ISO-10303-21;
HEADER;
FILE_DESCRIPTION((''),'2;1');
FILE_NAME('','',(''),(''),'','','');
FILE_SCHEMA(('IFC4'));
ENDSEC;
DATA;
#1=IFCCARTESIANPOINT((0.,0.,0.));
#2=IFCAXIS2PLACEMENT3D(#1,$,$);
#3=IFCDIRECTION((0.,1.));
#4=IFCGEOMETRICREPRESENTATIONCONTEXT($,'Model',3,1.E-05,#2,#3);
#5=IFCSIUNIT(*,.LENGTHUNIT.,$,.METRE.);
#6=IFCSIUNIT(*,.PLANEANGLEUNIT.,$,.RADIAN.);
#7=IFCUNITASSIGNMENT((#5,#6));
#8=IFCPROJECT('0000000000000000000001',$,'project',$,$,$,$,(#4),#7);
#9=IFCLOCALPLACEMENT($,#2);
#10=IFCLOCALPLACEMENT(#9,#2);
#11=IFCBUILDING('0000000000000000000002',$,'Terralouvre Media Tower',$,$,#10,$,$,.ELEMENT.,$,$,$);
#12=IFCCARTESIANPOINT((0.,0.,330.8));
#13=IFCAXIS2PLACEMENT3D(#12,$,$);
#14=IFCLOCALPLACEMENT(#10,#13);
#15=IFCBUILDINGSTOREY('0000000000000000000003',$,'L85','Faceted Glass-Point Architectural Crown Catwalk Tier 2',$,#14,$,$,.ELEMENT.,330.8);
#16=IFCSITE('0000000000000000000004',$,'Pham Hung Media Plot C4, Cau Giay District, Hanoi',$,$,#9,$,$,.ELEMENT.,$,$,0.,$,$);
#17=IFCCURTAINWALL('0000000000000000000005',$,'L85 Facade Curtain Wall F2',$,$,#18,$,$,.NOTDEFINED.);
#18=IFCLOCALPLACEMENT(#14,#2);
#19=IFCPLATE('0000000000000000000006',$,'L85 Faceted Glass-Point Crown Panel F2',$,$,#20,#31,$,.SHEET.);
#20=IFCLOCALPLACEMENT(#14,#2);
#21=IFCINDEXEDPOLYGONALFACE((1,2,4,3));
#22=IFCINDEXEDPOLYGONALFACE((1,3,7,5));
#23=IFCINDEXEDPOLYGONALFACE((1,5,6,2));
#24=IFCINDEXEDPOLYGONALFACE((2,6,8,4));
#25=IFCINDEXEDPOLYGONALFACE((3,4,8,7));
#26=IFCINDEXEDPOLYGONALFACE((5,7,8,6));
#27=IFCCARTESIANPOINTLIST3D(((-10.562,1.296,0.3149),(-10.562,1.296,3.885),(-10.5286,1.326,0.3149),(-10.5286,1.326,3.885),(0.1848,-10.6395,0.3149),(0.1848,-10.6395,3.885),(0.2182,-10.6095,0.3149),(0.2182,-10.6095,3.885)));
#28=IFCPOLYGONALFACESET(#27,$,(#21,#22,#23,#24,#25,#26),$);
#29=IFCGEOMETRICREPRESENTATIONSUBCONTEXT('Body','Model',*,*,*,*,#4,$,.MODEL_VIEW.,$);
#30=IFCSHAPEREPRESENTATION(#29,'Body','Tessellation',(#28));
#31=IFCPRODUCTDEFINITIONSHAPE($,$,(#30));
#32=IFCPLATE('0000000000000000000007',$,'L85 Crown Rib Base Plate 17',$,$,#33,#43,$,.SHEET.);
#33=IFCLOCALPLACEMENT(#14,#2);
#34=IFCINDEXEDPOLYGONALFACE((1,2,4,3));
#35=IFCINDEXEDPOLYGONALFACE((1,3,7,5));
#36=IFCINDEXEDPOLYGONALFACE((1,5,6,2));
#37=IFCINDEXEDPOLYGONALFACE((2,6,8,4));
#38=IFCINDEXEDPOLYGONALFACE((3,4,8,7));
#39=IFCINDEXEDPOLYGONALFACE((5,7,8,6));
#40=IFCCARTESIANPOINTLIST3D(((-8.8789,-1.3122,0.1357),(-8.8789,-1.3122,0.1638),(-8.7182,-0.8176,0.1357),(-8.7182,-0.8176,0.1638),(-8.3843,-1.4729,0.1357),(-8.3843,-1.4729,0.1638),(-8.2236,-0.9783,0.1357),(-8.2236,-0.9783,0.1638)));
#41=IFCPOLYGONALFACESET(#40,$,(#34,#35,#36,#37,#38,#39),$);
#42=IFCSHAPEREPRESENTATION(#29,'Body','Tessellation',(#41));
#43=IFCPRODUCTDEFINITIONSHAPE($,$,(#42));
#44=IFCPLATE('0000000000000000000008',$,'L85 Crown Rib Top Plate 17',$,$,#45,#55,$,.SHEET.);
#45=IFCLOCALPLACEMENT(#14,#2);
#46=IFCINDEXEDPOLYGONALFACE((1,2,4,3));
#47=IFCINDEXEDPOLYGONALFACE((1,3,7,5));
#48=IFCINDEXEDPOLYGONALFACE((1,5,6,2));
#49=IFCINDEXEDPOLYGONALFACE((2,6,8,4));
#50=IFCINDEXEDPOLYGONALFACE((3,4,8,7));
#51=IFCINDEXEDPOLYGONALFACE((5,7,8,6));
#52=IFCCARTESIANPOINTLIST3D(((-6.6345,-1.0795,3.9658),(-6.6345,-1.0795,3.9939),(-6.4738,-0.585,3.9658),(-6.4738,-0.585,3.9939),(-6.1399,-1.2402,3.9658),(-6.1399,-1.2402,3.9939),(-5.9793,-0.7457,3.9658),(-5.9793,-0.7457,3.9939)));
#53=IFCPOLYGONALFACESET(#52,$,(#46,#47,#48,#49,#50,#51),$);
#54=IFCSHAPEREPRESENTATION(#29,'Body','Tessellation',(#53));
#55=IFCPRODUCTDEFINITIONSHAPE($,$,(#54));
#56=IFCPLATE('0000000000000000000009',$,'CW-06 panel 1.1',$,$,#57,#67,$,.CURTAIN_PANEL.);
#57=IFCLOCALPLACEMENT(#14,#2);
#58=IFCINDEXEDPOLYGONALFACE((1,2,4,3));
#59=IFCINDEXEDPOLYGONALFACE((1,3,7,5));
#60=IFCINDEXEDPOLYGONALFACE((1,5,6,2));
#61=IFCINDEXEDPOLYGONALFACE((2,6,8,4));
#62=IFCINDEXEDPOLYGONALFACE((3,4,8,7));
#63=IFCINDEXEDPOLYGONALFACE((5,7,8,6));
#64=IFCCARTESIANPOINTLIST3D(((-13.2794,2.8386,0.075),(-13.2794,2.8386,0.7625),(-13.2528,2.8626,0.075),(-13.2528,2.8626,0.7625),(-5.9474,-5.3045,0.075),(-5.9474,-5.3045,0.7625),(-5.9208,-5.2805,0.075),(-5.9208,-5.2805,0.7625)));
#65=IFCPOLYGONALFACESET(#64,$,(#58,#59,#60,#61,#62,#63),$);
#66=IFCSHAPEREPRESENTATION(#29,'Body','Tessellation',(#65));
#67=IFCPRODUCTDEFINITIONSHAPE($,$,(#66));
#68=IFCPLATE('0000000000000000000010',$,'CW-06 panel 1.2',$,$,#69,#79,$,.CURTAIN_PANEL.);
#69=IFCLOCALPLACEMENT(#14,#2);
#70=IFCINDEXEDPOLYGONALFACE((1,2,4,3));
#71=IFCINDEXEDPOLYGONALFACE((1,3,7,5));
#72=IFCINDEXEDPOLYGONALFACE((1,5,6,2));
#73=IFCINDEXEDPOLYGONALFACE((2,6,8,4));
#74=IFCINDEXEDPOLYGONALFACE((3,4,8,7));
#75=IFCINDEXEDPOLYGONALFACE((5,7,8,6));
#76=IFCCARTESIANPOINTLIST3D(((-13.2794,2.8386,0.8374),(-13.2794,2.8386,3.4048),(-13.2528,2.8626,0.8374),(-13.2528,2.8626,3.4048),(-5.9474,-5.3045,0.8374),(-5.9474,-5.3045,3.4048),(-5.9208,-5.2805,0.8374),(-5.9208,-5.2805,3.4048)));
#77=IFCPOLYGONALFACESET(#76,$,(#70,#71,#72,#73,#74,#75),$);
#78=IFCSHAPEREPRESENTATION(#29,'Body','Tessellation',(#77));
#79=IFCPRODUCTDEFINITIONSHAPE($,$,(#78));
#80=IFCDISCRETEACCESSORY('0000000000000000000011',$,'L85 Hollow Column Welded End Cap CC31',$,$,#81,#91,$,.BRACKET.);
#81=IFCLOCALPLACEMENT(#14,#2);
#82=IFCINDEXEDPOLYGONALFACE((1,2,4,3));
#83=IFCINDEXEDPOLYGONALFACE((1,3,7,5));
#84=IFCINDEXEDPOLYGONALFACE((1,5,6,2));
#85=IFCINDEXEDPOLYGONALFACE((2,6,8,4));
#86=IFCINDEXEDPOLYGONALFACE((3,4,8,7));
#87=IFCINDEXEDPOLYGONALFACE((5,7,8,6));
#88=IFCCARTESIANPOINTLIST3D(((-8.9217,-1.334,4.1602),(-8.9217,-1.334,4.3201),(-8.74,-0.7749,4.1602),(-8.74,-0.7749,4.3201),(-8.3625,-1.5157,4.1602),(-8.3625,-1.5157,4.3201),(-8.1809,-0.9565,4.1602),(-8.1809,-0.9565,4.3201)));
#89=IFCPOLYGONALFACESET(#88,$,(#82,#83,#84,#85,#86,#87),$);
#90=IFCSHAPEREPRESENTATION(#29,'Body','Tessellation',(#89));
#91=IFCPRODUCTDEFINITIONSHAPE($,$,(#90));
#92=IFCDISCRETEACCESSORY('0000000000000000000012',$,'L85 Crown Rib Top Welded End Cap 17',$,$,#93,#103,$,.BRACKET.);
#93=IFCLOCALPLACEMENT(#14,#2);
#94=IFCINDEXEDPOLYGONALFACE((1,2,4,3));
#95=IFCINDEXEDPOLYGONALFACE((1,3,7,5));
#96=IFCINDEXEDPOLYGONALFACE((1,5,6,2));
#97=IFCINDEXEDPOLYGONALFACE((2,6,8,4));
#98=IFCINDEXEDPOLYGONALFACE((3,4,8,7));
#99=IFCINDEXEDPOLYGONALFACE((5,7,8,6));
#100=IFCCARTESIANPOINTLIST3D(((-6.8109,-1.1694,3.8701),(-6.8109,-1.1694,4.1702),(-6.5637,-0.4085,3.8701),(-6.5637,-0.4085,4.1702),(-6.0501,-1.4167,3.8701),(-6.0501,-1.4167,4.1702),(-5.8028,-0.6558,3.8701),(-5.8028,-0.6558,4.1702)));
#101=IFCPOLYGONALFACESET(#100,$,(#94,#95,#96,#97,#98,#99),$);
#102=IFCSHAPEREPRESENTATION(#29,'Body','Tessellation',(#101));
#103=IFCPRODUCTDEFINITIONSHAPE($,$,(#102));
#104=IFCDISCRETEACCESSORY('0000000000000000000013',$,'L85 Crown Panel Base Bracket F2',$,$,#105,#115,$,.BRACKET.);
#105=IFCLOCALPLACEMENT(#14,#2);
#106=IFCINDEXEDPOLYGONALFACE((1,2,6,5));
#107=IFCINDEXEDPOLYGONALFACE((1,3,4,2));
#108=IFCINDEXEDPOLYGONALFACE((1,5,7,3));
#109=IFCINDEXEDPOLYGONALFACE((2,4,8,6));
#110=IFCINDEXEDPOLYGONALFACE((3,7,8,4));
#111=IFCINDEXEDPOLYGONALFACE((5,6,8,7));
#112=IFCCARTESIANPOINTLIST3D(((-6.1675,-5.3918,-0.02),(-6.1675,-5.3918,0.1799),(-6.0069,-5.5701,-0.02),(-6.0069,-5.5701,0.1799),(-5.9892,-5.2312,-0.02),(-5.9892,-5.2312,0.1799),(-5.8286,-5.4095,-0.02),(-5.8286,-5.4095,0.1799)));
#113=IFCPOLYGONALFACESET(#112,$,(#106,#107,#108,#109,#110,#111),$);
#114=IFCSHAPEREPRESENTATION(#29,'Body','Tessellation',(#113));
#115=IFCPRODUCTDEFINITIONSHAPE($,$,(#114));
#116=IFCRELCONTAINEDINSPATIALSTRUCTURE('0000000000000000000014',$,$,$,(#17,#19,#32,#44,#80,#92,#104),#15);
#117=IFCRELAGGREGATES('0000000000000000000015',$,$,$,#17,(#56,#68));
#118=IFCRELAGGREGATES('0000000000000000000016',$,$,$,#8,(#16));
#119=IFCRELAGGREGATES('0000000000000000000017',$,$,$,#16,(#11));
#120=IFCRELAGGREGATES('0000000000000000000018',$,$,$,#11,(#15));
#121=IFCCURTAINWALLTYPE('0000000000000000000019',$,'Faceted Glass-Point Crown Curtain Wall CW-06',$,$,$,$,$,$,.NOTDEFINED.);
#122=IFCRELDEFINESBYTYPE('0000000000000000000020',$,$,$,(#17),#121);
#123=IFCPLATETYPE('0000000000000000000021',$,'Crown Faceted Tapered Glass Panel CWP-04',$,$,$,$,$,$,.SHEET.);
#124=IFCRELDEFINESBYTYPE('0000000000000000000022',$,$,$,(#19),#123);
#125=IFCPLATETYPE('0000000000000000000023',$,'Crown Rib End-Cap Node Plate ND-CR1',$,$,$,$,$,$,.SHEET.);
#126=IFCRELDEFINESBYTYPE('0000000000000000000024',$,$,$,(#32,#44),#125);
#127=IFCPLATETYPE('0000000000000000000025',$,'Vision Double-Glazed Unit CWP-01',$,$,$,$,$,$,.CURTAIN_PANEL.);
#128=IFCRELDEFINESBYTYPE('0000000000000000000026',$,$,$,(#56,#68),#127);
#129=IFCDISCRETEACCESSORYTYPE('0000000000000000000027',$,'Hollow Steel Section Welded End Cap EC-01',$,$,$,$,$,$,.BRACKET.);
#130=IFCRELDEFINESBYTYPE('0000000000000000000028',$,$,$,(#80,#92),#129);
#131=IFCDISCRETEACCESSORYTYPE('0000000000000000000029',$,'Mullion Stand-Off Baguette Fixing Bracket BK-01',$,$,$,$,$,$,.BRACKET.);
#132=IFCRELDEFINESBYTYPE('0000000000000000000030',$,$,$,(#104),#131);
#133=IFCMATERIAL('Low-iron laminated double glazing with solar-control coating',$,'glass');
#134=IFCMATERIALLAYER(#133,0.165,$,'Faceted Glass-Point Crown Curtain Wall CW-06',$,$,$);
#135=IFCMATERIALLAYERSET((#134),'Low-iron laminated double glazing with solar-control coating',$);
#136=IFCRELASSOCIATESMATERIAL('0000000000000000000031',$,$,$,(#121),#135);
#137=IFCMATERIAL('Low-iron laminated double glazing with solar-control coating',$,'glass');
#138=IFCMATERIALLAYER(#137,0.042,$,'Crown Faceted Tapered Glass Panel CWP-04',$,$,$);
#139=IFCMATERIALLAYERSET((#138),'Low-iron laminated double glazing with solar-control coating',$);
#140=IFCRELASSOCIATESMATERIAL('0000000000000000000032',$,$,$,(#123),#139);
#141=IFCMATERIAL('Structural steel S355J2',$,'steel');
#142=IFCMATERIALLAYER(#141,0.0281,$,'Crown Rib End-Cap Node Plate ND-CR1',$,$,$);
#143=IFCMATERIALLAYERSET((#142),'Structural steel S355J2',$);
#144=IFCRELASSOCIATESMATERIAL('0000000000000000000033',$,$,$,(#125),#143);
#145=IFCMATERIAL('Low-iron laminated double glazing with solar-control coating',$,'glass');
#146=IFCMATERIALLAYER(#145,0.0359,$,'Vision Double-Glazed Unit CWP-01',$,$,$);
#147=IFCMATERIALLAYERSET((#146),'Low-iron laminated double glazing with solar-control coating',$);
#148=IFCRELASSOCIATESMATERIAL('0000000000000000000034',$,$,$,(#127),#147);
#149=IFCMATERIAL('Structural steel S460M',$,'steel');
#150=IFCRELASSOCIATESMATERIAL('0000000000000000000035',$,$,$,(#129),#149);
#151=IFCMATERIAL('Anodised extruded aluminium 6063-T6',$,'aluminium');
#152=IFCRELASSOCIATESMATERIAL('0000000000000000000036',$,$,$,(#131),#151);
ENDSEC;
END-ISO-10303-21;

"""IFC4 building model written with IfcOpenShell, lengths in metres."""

from ifc_helpers import new_model, si_unit, direction, frame, origin, origin_2d, place, context, subcontext, project, spatial, rectangle, extrude, material, layer, layer_set, type_object, element, aggregate, save


model = new_model("IFC4")

# Units and contexts
model_context = context("Model", 3, precision=1e-05, world=origin(), true_north=direction((0.0, 1.0)))
body_context = subcontext(model_context, "Body", "Model", "MODEL_VIEW")
ifc_project = project(units=[si_unit("LENGTHUNIT", "METRE"), si_unit("PLANEANGLEUNIT", "RADIAN")], contexts=[model_context])

# Site, building, storey
site_placement = place(None, origin())
site = spatial("IfcSite", under=ifc_project, at=site_placement, Name="Pham Hung Media Plot C4, Cau Giay District, Hanoi", CompositionType="ELEMENT", RefElevation=0.0)
building_placement = place(site_placement, origin())
building = spatial("IfcBuilding", under=site, at=building_placement, Name="Terralouvre Media Tower", CompositionType="ELEMENT")
storey_placement = place(building_placement, frame((0.0, 0.0, 330.8)))
storey = spatial("IfcBuildingStorey", under=building, at=storey_placement, Name="L85", Description="Faceted Glass-Point Architectural Crown Catwalk Tier 2", CompositionType="ELEMENT", Elevation=330.8)

# Curtain wall
ifc_material_1 = material(Name="Low-iron laminated double glazing with solar-control coating", Category="glass")
ifc_layer_1 = layer(ifc_material_1, 0.165, Name="Faceted Glass-Point Crown Curtain Wall CW-06")
ifc_layer_set_1 = layer_set([ifc_layer_1], Name="Low-iron laminated double glazing with solar-control coating")
curtain_wall_type = type_object("IfcCurtainWallType", Name="Faceted Glass-Point Crown Curtain Wall CW-06", PredefinedType="NOTDEFINED", material=ifc_layer_set_1)
curtain_wall_placement = place(storey_placement, origin())
curtain_wall = element("IfcCurtainWall", 1, at=curtain_wall_placement, inside=storey, type_object=curtain_wall_type, Name="L85 Facade Curtain Wall F2", PredefinedType="NOTDEFINED")

# Plates
ifc_material_2 = material(Name="Low-iron laminated double glazing with solar-control coating", Category="glass")
ifc_layer_2 = layer(ifc_material_2, 0.042, Name="Crown Faceted Tapered Glass Panel CWP-04")
ifc_layer_set_2 = layer_set([ifc_layer_2], Name="Low-iron laminated double glazing with solar-control coating")
plate_type_1 = type_object("IfcPlateType", Name="Crown Faceted Tapered Glass Panel CWP-04", PredefinedType="SHEET", material=ifc_layer_set_2)
plate_1_placement = place(storey_placement, frame((-5.1719, -4.6567, 0.3149), z_axis=(0.0, 0.0, 1.0), x_axis=(0.669131, -0.743145, 0.0)))
element("IfcPlate", 2, at=plate_1_placement, inside=storey, type_object=plate_type_1, Name="L85 Faceted Glass-Point Crown Panel F2", PredefinedType="SHEET", context=body_context, shape_type="SweptSolid", body=[
    extrude(rectangle(XDim=16.0608, YDim=0.0449, at=origin_2d()), origin(), (0.0, 0.0, 1.0), 3.5701),
])
ifc_material_3 = material(Name="Structural steel S355J2", Category="steel")
ifc_layer_3 = layer(ifc_material_3, 0.0281, Name="Crown Rib End-Cap Node Plate ND-CR1")
ifc_layer_set_3 = layer_set([ifc_layer_3], Name="Structural steel S355J2")
plate_type_2 = type_object("IfcPlateType", Name="Crown Rib End-Cap Node Plate ND-CR1", PredefinedType="SHEET", material=ifc_layer_set_3)
for number, where, z_axis, x_axis, name in (
    (3, (-8.5513, -1.1453, 0.1357), (0.0, 0.0, 1.0), (0.309017, 0.951057, 0.0), "L85 Crown Rib Base Plate 17"),
    (4, (-6.3069, -0.9126, 3.9658), (0.0, 0.0, 1.0), (0.309017, 0.951057, 0.0), "L85 Crown Rib Top Plate 17"),
):
    element("IfcPlate", number, at=place(storey_placement, frame(where, z_axis=z_axis, x_axis=x_axis)), inside=storey, type_object=plate_type_2, Name=name, PredefinedType="SHEET", context=body_context, shape_type="SweptSolid", body=[
        extrude(rectangle(XDim=0.52, YDim=0.52, at=origin_2d()), origin(), (0.0, 0.0, 1.0), 0.0281),
    ])

# Plates
ifc_material_4 = material(Name="Low-iron laminated double glazing with solar-control coating", Category="glass")
ifc_layer_4 = layer(ifc_material_4, 0.0359, Name="Vision Double-Glazed Unit CWP-01")
ifc_layer_set_4 = layer_set([ifc_layer_4], Name="Low-iron laminated double glazing with solar-control coating")
plate_type_3 = type_object("IfcPlateType", Name="Vision Double-Glazed Unit CWP-01", PredefinedType="CURTAIN_PANEL", material=ifc_layer_set_4)
plate_2_placement = place(storey_placement, frame((-9.6001, -1.2209, 0.075), z_axis=(0.0, 0.0, 1.0), x_axis=(0.66913, -0.743145, 0.0)))
plate_2 = element("IfcPlate", 5, at=plate_2_placement, type_object=plate_type_3, Name="CW-06 panel 1.1", PredefinedType="CURTAIN_PANEL", context=body_context, shape_type="SweptSolid", body=[
    extrude(rectangle(XDim=10.9575, YDim=0.0359, at=origin_2d()), origin(), (0.0, 0.0, 1.0), 0.6875),
])
plate_3_placement = place(storey_placement, frame((-9.6001, -1.2209, 0.8374), z_axis=(0.0, 0.0, 1.0), x_axis=(0.66913, -0.743145, 0.0)))
plate_3 = element("IfcPlate", 6, at=plate_3_placement, type_object=plate_type_3, Name="CW-06 panel 1.2", PredefinedType="CURTAIN_PANEL", context=body_context, shape_type="SweptSolid", body=[
    extrude(rectangle(XDim=10.9575, YDim=0.0359, at=origin_2d()), origin(), (0.0, 0.0, 1.0), 2.5674),
])
aggregate(curtain_wall, [plate_2, plate_3])

# Discrete accessories
ifc_material_5 = material(Name="Structural steel S460M", Category="steel")
discrete_accessory_type_1 = type_object("IfcDiscreteAccessoryType", Name="Hollow Steel Section Welded End Cap EC-01", PredefinedType="BRACKET", material=ifc_material_5)
discrete_accessory_1_placement = place(storey_placement, frame((-8.5513, -1.1453, 4.1602), z_axis=(0.0, 0.0, 1.0), x_axis=(0.309017, 0.951057, 0.0)))
element("IfcDiscreteAccessory", 7, at=discrete_accessory_1_placement, inside=storey, type_object=discrete_accessory_type_1, Name="L85 Hollow Column Welded End Cap CC31", PredefinedType="BRACKET", context=body_context, shape_type="SweptSolid", body=[
    extrude(rectangle(XDim=0.5879, YDim=0.5879, at=origin_2d()), origin(), (0.0, 0.0, 1.0), 0.1599),
])
discrete_accessory_2_placement = place(storey_placement, frame((-6.3069, -0.9126, 3.8701), z_axis=(0.0, 0.0, 1.0), x_axis=(0.309017, 0.951057, 0.0)))
element("IfcDiscreteAccessory", 8, at=discrete_accessory_2_placement, inside=storey, type_object=discrete_accessory_type_1, Name="L85 Crown Rib Top Welded End Cap 17", PredefinedType="BRACKET", context=body_context, shape_type="SweptSolid", body=[
    extrude(rectangle(XDim=0.8, YDim=0.8, at=origin_2d()), origin(), (0.0, 0.0, 1.0), 0.3),
])
ifc_material_6 = material(Name="Anodised extruded aluminium 6063-T6", Category="aluminium")
discrete_accessory_type_2 = type_object("IfcDiscreteAccessoryType", Name="Mullion Stand-Off Baguette Fixing Bracket BK-01", PredefinedType="BRACKET", material=ifc_material_6)
discrete_accessory_3_placement = place(storey_placement, frame((-5.998, -5.4006, -0.02), z_axis=(0.0, 0.0, 1.0), x_axis=(0.669131, -0.743145, 0.0)))
element("IfcDiscreteAccessory", 9, at=discrete_accessory_3_placement, inside=storey, type_object=discrete_accessory_type_2, Name="L85 Crown Panel Base Bracket F2", PredefinedType="BRACKET", context=body_context, shape_type="SweptSolid", body=[
    extrude(rectangle(XDim=0.24, YDim=0.24, at=origin_2d()), origin(), (0.0, 0.0, 1.0), 0.2),
])

save(model, "model.ifc")
